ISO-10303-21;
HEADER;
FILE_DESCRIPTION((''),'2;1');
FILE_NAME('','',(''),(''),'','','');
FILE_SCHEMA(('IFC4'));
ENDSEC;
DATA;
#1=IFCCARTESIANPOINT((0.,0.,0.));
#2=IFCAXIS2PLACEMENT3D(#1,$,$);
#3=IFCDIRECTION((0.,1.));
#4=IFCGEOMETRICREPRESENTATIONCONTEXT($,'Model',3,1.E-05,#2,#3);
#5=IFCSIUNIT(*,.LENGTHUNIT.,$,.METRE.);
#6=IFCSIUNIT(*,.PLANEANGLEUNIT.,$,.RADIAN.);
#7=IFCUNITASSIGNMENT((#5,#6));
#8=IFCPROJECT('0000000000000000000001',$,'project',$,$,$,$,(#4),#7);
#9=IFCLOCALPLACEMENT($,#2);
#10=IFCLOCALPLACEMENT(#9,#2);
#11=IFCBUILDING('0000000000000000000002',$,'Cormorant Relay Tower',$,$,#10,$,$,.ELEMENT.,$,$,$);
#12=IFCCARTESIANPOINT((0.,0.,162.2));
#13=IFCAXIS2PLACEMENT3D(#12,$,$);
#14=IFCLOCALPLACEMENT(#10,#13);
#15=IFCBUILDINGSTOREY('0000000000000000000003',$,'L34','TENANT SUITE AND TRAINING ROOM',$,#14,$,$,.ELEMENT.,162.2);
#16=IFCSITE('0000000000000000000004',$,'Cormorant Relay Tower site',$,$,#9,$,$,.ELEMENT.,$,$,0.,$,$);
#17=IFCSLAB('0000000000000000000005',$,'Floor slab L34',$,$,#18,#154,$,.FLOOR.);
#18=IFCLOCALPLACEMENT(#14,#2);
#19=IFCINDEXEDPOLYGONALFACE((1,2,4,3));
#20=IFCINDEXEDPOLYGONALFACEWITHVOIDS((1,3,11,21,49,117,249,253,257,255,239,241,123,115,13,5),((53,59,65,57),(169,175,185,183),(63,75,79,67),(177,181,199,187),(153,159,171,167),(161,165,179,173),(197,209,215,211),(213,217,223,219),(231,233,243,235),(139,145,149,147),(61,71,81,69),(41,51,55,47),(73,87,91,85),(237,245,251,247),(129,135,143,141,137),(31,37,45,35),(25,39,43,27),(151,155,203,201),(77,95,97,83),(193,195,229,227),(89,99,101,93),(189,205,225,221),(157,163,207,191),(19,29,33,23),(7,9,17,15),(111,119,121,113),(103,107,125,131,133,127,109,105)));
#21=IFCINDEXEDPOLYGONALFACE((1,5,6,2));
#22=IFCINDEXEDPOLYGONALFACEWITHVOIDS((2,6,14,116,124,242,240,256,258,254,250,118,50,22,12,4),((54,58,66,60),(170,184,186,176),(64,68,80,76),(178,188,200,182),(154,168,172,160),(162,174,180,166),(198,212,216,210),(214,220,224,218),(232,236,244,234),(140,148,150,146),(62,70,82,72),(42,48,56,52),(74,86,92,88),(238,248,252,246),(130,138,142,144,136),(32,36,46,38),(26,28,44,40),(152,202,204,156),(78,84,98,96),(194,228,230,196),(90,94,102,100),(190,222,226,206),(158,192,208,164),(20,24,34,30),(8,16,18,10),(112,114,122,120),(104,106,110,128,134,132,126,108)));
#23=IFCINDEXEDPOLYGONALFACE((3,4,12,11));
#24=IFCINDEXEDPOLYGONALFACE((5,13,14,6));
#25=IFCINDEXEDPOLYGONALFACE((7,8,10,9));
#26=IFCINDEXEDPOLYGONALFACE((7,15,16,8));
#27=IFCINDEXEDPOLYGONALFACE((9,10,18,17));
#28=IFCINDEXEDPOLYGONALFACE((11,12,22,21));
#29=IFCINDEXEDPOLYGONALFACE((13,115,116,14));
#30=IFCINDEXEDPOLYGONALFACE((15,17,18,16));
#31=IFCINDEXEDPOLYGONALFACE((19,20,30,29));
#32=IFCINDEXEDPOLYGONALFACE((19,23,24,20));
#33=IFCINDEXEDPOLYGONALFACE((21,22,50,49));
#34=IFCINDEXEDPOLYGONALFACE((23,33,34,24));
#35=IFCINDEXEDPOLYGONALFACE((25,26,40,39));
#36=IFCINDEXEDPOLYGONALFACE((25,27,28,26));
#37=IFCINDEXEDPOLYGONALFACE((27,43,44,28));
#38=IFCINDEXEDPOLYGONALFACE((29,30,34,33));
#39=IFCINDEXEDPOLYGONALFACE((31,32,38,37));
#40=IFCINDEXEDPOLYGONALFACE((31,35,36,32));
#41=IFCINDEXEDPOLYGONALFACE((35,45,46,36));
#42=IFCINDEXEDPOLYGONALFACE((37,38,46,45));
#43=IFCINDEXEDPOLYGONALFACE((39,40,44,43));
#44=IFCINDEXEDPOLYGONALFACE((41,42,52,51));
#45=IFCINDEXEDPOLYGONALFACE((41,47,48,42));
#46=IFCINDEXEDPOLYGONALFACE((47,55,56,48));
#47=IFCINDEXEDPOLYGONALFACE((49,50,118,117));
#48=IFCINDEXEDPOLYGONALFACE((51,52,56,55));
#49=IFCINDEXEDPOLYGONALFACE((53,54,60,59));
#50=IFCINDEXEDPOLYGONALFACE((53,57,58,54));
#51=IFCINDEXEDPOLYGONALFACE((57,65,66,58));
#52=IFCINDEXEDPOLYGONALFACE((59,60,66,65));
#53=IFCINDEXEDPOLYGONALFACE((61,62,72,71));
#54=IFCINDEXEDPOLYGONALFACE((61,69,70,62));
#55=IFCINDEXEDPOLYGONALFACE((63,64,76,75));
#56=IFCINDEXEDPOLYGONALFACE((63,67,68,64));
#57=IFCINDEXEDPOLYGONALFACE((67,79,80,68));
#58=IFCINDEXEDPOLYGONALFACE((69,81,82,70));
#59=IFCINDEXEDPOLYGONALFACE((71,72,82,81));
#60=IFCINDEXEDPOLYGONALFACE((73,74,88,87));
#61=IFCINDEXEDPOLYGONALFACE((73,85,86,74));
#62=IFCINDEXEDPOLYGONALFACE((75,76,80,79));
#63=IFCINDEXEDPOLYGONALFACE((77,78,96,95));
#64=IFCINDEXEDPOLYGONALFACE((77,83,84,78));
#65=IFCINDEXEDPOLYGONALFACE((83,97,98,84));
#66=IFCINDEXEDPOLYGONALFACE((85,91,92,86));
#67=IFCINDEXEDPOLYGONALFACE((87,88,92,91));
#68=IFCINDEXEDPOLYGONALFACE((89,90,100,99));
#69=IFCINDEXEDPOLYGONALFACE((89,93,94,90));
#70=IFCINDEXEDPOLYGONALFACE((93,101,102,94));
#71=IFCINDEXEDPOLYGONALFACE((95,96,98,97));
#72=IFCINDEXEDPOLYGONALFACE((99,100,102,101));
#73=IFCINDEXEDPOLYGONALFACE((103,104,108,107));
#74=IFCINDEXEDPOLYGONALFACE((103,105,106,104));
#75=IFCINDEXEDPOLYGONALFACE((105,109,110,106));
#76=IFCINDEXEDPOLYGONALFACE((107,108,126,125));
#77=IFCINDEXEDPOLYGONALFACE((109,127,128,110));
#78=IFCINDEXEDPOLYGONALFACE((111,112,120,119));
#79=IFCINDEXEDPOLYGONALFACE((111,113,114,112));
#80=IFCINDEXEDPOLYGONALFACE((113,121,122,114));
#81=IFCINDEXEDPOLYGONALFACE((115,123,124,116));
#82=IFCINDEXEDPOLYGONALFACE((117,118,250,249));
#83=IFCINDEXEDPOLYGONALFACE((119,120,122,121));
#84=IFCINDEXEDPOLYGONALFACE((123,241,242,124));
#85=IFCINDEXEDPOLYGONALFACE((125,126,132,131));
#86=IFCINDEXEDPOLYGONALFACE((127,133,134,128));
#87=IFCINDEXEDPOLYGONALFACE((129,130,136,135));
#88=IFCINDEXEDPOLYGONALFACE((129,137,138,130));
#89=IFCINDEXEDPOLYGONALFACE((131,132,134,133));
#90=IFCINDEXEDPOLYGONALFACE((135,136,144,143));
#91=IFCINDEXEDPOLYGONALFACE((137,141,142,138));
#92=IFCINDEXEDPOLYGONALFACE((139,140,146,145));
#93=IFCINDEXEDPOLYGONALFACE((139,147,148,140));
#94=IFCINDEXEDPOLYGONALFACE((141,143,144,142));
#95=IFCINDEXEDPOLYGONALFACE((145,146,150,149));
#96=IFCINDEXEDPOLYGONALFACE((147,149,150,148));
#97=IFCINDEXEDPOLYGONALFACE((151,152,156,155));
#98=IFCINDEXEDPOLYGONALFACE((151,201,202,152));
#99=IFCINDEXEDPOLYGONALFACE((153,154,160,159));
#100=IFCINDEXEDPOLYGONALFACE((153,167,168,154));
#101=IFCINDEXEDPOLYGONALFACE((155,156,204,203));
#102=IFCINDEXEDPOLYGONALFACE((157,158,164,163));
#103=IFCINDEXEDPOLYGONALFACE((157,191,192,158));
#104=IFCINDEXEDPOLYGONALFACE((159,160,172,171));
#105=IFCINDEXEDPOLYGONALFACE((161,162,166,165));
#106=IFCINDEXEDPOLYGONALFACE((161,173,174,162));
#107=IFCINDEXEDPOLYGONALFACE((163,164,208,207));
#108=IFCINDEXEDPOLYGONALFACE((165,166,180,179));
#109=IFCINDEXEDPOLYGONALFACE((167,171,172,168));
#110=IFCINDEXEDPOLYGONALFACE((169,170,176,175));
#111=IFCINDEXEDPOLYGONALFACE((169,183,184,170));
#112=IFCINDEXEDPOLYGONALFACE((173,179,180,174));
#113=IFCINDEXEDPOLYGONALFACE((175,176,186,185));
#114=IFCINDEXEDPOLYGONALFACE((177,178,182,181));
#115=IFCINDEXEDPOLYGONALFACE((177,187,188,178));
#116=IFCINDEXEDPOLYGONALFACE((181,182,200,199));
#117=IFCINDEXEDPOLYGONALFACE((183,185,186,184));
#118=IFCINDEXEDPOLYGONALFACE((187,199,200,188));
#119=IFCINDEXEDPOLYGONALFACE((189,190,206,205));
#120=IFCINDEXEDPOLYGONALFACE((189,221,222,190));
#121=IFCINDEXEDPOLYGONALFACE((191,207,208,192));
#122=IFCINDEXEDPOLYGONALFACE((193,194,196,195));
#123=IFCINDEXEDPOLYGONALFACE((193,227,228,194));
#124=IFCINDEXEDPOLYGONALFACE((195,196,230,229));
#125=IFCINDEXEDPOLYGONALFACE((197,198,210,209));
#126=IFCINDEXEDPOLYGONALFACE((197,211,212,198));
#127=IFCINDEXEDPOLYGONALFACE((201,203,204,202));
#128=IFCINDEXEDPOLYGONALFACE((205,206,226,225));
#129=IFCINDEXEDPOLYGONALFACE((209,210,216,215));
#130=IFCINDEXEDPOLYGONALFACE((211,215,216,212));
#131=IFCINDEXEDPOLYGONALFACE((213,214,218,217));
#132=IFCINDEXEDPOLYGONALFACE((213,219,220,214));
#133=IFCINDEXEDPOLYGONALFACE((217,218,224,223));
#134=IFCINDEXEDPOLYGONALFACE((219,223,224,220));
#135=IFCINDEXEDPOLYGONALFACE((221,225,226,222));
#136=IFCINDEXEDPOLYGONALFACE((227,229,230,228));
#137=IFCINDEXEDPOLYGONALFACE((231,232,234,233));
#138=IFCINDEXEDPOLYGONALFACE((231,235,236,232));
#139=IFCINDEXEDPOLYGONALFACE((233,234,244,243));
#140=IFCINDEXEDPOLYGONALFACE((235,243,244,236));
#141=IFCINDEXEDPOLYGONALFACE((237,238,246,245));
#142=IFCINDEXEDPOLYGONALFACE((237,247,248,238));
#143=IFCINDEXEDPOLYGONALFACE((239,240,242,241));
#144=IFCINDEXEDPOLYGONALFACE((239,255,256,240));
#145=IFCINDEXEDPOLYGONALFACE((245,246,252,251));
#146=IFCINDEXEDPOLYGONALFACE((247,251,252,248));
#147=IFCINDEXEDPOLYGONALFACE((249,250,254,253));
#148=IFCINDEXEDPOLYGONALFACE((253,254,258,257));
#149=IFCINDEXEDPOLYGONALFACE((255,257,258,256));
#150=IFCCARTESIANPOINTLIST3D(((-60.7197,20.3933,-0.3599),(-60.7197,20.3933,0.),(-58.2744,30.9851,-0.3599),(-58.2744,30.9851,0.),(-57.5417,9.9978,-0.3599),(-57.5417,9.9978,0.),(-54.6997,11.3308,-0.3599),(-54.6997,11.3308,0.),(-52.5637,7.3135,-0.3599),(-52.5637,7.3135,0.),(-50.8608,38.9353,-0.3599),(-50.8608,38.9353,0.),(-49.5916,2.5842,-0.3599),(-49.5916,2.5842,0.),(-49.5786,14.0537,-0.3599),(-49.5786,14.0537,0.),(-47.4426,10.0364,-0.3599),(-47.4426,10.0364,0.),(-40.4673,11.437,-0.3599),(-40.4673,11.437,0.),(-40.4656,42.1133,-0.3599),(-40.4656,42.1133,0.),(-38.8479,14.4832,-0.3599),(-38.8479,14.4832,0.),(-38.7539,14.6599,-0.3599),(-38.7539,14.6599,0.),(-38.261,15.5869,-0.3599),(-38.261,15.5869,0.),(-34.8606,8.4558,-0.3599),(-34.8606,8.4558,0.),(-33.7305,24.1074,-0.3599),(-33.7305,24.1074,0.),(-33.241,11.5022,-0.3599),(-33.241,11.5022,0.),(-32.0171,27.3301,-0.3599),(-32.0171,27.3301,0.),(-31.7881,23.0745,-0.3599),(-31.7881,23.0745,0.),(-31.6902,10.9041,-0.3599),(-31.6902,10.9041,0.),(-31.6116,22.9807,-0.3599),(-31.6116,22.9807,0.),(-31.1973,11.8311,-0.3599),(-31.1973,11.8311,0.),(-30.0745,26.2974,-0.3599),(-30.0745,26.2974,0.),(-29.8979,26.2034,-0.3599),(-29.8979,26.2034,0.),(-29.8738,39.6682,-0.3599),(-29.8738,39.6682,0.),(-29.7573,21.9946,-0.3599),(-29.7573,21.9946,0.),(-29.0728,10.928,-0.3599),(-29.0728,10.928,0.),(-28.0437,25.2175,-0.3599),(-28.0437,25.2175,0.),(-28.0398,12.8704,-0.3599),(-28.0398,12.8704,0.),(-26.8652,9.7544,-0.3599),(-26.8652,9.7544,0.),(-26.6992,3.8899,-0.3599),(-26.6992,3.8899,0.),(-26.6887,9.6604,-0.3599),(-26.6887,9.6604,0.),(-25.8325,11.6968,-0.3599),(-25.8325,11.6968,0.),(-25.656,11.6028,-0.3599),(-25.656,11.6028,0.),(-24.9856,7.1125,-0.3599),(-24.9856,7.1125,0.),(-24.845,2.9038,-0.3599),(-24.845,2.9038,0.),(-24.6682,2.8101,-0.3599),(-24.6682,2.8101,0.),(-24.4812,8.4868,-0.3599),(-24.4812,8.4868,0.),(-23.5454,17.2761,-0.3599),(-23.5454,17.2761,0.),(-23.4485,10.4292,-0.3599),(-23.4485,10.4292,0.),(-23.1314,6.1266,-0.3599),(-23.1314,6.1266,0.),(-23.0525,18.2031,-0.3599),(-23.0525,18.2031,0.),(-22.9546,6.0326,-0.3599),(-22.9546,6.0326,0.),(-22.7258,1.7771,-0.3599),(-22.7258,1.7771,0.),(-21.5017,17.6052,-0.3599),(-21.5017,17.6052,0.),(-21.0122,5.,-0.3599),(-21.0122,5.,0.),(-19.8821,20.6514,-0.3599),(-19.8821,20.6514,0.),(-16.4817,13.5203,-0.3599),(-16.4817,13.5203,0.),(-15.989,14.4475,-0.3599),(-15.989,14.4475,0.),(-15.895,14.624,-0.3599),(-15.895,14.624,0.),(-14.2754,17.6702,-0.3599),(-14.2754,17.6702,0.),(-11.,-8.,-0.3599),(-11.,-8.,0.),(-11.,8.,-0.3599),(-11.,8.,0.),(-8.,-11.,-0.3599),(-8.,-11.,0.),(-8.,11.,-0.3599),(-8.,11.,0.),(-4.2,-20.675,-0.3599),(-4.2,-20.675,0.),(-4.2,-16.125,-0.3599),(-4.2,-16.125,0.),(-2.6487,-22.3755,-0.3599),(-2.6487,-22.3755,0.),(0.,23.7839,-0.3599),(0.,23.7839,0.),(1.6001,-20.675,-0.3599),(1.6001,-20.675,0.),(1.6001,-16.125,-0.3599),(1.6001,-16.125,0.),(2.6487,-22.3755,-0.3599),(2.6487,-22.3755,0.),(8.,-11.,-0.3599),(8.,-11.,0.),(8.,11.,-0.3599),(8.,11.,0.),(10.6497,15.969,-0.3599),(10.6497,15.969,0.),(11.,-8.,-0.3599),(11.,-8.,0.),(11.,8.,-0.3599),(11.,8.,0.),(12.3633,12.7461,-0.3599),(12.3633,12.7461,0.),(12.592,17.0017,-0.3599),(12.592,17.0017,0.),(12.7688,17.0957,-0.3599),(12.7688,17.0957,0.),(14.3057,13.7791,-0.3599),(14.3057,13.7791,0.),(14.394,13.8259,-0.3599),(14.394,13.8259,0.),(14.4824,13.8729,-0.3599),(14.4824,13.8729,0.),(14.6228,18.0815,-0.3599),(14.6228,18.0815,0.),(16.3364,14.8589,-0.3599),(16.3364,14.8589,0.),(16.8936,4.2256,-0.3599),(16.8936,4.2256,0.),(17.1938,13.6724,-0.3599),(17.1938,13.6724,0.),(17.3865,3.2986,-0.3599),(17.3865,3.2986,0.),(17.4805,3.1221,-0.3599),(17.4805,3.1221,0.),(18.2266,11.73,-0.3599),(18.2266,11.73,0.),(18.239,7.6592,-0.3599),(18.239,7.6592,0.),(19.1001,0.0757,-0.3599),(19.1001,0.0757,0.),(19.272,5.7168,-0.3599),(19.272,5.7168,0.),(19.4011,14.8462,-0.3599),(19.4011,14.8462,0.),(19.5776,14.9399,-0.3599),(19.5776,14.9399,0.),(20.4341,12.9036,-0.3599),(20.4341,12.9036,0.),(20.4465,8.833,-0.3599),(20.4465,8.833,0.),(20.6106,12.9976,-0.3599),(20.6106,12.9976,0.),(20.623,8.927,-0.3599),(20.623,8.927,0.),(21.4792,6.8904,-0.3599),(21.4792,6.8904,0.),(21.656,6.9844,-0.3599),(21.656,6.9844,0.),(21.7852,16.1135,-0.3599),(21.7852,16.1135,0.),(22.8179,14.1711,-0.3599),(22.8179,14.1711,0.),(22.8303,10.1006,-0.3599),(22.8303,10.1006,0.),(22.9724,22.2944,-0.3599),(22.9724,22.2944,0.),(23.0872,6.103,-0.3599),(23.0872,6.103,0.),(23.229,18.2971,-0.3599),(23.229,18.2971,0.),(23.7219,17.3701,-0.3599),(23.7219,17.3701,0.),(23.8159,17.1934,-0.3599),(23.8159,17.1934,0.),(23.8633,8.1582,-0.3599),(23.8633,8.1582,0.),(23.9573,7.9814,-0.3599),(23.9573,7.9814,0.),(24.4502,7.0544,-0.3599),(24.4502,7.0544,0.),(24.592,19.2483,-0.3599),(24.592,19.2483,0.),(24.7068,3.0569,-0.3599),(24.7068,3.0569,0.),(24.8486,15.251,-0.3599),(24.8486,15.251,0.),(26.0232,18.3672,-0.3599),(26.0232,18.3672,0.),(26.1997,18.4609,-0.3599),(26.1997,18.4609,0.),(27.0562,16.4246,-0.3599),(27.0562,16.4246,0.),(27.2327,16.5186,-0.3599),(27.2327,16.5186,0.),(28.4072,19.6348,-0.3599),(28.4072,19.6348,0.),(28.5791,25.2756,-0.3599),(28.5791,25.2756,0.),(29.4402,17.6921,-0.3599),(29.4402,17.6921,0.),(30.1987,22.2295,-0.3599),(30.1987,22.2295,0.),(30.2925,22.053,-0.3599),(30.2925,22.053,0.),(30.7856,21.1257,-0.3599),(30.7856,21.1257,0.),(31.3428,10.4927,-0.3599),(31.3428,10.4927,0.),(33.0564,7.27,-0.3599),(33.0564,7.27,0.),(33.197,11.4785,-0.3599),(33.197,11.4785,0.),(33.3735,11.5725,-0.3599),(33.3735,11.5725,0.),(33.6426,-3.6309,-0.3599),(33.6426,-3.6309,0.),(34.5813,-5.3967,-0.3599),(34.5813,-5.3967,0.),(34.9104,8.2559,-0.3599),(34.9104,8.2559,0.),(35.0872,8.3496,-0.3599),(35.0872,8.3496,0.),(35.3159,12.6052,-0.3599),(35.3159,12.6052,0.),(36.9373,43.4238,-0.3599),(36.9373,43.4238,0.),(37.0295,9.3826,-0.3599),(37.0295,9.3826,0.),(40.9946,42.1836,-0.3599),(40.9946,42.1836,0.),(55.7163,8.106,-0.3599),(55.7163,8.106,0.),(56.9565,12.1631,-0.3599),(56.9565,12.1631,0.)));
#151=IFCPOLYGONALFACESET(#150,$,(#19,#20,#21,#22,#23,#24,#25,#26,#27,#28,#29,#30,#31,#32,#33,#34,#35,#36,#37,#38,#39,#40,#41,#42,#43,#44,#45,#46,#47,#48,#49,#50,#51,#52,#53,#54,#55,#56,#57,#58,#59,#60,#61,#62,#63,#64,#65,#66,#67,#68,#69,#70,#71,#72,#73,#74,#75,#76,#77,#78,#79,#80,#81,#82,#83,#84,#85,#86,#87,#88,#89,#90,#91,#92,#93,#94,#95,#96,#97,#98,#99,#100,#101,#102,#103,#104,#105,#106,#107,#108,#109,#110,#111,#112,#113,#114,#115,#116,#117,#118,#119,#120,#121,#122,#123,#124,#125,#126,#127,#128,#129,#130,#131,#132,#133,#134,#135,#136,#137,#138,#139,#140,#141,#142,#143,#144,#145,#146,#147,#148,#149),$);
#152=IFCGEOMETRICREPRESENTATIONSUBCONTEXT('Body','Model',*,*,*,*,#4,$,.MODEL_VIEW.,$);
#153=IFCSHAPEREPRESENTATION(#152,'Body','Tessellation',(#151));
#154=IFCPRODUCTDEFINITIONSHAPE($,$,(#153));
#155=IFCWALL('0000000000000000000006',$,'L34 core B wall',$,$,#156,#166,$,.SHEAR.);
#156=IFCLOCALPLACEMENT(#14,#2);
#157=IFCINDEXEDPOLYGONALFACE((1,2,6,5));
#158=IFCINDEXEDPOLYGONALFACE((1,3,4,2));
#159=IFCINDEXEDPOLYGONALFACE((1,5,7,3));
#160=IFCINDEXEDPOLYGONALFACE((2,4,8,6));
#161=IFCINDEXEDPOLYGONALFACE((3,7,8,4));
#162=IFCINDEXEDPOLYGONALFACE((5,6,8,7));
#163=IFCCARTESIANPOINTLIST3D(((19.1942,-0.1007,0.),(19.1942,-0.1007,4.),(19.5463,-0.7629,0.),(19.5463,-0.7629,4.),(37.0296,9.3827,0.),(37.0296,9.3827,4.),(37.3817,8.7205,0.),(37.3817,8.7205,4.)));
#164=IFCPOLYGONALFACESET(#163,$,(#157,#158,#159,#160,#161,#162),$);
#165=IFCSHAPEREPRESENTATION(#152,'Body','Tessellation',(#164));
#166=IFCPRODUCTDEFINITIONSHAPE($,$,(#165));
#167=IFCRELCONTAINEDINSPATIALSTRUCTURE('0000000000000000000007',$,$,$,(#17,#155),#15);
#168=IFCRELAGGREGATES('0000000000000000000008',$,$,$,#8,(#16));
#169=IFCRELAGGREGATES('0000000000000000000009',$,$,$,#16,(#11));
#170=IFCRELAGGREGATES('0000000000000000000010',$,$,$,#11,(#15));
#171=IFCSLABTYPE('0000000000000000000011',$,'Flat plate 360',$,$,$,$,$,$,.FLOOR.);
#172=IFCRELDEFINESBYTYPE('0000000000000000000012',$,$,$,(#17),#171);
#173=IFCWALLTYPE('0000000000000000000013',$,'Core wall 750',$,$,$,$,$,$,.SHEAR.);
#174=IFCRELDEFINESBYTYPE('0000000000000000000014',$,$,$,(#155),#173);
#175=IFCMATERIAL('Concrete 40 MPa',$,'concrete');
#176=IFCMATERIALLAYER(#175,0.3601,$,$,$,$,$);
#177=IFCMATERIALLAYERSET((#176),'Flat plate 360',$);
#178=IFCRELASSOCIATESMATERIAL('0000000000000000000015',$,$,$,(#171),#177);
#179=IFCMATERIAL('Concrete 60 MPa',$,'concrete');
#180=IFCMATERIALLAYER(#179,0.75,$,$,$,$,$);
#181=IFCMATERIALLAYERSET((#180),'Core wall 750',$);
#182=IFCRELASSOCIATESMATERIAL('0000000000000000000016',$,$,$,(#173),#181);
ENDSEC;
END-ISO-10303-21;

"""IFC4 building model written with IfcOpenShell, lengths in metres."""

from ifc_helpers import new_model, si_unit, direction, frame, frame_2d, origin, place, context, subcontext, project, spatial, polyline, rectangle, outline, extrude, material, layer, layer_set, type_object, element, save


model = new_model("IFC4")

# Units and contexts
model_context = context("Model", 3, precision=1e-05, world=origin(), true_north=direction((0.0, 1.0)))
body_context = subcontext(model_context, "Body", "Model", "MODEL_VIEW")
ifc_project = project(units=[si_unit("LENGTHUNIT", "METRE"), si_unit("PLANEANGLEUNIT", "RADIAN")], contexts=[model_context])

# Site, building, storey
site_placement = place(None, origin())
site = spatial("IfcSite", under=ifc_project, at=site_placement, Name="Cormorant Relay Tower site", CompositionType="ELEMENT", RefElevation=0.0)
building_placement = place(site_placement, origin())
building = spatial("IfcBuilding", under=site, at=building_placement, Name="Cormorant Relay Tower", CompositionType="ELEMENT")
storey_placement = place(building_placement, frame((0.0, 0.0, 162.2)))
storey = spatial("IfcBuildingStorey", under=building, at=storey_placement, Name="L34", Description="TENANT SUITE AND TRAINING ROOM", CompositionType="ELEMENT", Elevation=162.2)

# Slab
ifc_material_1 = material(Name="Concrete 40 MPa", Category="concrete")
ifc_layer_1 = layer(ifc_material_1, 0.3601)
ifc_layer_set_1 = layer_set([ifc_layer_1], Name="Flat plate 360")
slab_type_1 = type_object("IfcSlabType", Name="Flat plate 360", PredefinedType="FLOOR", material=ifc_layer_set_1)
slab_1_placement = place(storey_placement, frame((0.0, 0.0, -0.3599)))
element("IfcSlab", 1, at=slab_1_placement, inside=storey, type_object=slab_type_1, Name="Floor slab L34", PredefinedType="FLOOR", context=body_context, shape_type="SweptSolid", body=[
    extrude(outline(polyline([(-60.7197, 20.3933), (-58.2744, 30.9851), (-50.8608, 38.9353), (-40.4656, 42.1133), (-29.8738, 39.6682), (0.0, 23.7839), (36.9373, 43.4238), (40.9946, 42.1836), (56.9565, 12.1631), (55.7163, 8.106), (33.6426, -3.6309), (34.5813, -5.3967), (2.6487, -22.3755), (-2.6487, -22.3755), (-49.5916, 2.5842), (-57.5417, 9.9978), (-60.7197, 20.3933)]), holes=[polyline([(11.0, -8.0), (11.0, 8.0), (8.0, 11.0), (-8.0, 11.0), (-11.0, 8.0), (-11.0, -8.0), (-8.0, -11.0), (8.0, -11.0), (11.0, -8.0)]), polyline([(-4.2, -16.125), (-4.2, -20.675), (1.6001, -20.675), (1.6001, -16.125), (-4.2, -16.125)]), polyline([(-22.9546, 6.0327), (-24.6682, 2.8101), (-22.7258, 1.7771), (-21.0122, 5.0), (-23.043, 6.0796), (-22.9546, 6.0327)]), polyline([(-24.9856, 7.1125), (-26.6992, 3.8899), (-24.845, 2.9038), (-23.1313, 6.1267), (-23.043, 6.0796), (-24.9856, 7.1125)]), polyline([(-26.6887, 9.6604), (-24.4812, 8.4868), (-23.4485, 10.4292), (-25.656, 11.6028), (-26.6887, 9.6604)]), polyline([(-49.5786, 14.0537), (-54.6997, 11.3308), (-52.5637, 7.3135), (-47.4426, 10.0364), (-49.5786, 14.0537)]), polyline([(-28.0398, 12.8704), (-29.0728, 10.928), (-26.8652, 9.7544), (-25.8325, 11.6968), (-28.0398, 12.8704)]), polyline([(-38.8479, 14.4832), (-40.4673, 11.437), (-34.8606, 8.4558), (-33.241, 11.5022), (-38.8479, 14.4832)]), polyline([(-38.261, 15.5869), (-38.7539, 14.6599), (-31.6902, 10.9041), (-31.1973, 11.8311), (-38.261, 15.5869)]), polyline([(14.3057, 13.7791), (12.592, 17.0017), (10.6497, 15.969), (12.3633, 12.7461), (14.394, 13.8259), (14.3057, 13.7791)]), polyline([(16.3364, 14.8589), (14.6228, 18.0815), (12.7688, 17.0957), (14.4824, 13.8728), (14.394, 13.8259), (16.3364, 14.8589)]), polyline([(-16.4817, 13.5203), (-15.989, 14.4475), (-23.0525, 18.2031), (-23.5454, 17.2761), (-16.4817, 13.5203)]), polyline([(-21.5017, 17.6052), (-15.895, 14.624), (-14.2754, 17.6702), (-19.8821, 20.6514), (-21.5017, 17.6052)]), polyline([(-31.6116, 22.9807), (-29.7573, 21.9946), (-28.0437, 25.2175), (-29.8979, 26.2034), (-31.6116, 22.9807)]), polyline([(-32.0171, 27.3301), (-33.7305, 24.1074), (-31.7881, 23.0745), (-30.0745, 26.2974), (-32.0171, 27.3301)]), polyline([(17.4805, 3.1221), (19.1001, 0.0757), (24.7068, 3.0569), (23.0872, 6.103), (17.4805, 3.1221)]), polyline([(16.8936, 4.2256), (17.3865, 3.2986), (24.4502, 7.0544), (23.9573, 7.9814), (16.8936, 4.2256)]), polyline([(20.4465, 8.833), (18.239, 7.6592), (19.272, 5.7168), (21.4792, 6.8904), (20.4465, 8.833)]), polyline([(20.623, 8.927), (21.656, 6.9844), (23.8633, 8.1582), (22.8303, 10.1006), (20.623, 8.927)]), polyline([(33.197, 11.4785), (31.3428, 10.4927), (33.0564, 7.27), (34.9104, 8.2559), (33.197, 11.4785)]), polyline([(33.3735, 11.5725), (35.0872, 8.3496), (37.0295, 9.3826), (35.3159, 12.6052), (33.3735, 11.5725)]), polyline([(19.4011, 14.8462), (17.1938, 13.6724), (18.2266, 11.73), (20.4341, 12.9036), (19.4011, 14.8462)]), polyline([(22.8179, 14.1711), (21.7852, 16.1135), (19.5776, 14.9399), (20.6106, 12.9976), (22.8179, 14.1711)]), polyline([(26.0232, 18.3672), (23.8159, 17.1934), (24.8486, 15.251), (27.0562, 16.4246), (26.0232, 18.3672)]), polyline([(29.4402, 17.6921), (28.4072, 19.6348), (26.1997, 18.4609), (27.2327, 16.5186), (29.4402, 17.6921)]), polyline([(30.7856, 21.1257), (30.2925, 22.053), (23.229, 18.2971), (23.7219, 17.3701), (30.7856, 21.1257)]), polyline([(24.592, 19.2483), (30.1987, 22.2295), (28.5791, 25.2756), (22.9724, 22.2944), (24.592, 19.2483)])]), origin(), (0.0, 0.0, 1.0), 0.3599),
])

# Shared definitions
ifc_material_2 = material(Name="Concrete 60 MPa", Category="concrete")
ifc_layer_2 = layer(ifc_material_2, 0.75)
ifc_layer_set_2 = layer_set([ifc_layer_2], Name="Core wall 750")
wall_type_1 = type_object("IfcWallType", Name="Core wall 750", PredefinedType="SHEAR", material=ifc_layer_set_2)

# Wall
wall_1_placement = place(storey_placement, frame((19.3701, -0.4319, 0.0), z_axis=(0.0, 0.0, 1.0), x_axis=(0.882945, 0.469476, 0.0)))
element("IfcWall", 2, at=wall_1_placement, inside=storey, type_object=wall_type_1, Name="L34 core B wall", PredefinedType="SHEAR", context=body_context, shape_type="SweptSolid", body=[
    extrude(rectangle(XDim=20.2, YDim=0.75, at=frame_2d((10.1001, 0.0))), origin(), (0.0, 0.0, 1.0), 4.0),
])

save(model, "model.ifc")
